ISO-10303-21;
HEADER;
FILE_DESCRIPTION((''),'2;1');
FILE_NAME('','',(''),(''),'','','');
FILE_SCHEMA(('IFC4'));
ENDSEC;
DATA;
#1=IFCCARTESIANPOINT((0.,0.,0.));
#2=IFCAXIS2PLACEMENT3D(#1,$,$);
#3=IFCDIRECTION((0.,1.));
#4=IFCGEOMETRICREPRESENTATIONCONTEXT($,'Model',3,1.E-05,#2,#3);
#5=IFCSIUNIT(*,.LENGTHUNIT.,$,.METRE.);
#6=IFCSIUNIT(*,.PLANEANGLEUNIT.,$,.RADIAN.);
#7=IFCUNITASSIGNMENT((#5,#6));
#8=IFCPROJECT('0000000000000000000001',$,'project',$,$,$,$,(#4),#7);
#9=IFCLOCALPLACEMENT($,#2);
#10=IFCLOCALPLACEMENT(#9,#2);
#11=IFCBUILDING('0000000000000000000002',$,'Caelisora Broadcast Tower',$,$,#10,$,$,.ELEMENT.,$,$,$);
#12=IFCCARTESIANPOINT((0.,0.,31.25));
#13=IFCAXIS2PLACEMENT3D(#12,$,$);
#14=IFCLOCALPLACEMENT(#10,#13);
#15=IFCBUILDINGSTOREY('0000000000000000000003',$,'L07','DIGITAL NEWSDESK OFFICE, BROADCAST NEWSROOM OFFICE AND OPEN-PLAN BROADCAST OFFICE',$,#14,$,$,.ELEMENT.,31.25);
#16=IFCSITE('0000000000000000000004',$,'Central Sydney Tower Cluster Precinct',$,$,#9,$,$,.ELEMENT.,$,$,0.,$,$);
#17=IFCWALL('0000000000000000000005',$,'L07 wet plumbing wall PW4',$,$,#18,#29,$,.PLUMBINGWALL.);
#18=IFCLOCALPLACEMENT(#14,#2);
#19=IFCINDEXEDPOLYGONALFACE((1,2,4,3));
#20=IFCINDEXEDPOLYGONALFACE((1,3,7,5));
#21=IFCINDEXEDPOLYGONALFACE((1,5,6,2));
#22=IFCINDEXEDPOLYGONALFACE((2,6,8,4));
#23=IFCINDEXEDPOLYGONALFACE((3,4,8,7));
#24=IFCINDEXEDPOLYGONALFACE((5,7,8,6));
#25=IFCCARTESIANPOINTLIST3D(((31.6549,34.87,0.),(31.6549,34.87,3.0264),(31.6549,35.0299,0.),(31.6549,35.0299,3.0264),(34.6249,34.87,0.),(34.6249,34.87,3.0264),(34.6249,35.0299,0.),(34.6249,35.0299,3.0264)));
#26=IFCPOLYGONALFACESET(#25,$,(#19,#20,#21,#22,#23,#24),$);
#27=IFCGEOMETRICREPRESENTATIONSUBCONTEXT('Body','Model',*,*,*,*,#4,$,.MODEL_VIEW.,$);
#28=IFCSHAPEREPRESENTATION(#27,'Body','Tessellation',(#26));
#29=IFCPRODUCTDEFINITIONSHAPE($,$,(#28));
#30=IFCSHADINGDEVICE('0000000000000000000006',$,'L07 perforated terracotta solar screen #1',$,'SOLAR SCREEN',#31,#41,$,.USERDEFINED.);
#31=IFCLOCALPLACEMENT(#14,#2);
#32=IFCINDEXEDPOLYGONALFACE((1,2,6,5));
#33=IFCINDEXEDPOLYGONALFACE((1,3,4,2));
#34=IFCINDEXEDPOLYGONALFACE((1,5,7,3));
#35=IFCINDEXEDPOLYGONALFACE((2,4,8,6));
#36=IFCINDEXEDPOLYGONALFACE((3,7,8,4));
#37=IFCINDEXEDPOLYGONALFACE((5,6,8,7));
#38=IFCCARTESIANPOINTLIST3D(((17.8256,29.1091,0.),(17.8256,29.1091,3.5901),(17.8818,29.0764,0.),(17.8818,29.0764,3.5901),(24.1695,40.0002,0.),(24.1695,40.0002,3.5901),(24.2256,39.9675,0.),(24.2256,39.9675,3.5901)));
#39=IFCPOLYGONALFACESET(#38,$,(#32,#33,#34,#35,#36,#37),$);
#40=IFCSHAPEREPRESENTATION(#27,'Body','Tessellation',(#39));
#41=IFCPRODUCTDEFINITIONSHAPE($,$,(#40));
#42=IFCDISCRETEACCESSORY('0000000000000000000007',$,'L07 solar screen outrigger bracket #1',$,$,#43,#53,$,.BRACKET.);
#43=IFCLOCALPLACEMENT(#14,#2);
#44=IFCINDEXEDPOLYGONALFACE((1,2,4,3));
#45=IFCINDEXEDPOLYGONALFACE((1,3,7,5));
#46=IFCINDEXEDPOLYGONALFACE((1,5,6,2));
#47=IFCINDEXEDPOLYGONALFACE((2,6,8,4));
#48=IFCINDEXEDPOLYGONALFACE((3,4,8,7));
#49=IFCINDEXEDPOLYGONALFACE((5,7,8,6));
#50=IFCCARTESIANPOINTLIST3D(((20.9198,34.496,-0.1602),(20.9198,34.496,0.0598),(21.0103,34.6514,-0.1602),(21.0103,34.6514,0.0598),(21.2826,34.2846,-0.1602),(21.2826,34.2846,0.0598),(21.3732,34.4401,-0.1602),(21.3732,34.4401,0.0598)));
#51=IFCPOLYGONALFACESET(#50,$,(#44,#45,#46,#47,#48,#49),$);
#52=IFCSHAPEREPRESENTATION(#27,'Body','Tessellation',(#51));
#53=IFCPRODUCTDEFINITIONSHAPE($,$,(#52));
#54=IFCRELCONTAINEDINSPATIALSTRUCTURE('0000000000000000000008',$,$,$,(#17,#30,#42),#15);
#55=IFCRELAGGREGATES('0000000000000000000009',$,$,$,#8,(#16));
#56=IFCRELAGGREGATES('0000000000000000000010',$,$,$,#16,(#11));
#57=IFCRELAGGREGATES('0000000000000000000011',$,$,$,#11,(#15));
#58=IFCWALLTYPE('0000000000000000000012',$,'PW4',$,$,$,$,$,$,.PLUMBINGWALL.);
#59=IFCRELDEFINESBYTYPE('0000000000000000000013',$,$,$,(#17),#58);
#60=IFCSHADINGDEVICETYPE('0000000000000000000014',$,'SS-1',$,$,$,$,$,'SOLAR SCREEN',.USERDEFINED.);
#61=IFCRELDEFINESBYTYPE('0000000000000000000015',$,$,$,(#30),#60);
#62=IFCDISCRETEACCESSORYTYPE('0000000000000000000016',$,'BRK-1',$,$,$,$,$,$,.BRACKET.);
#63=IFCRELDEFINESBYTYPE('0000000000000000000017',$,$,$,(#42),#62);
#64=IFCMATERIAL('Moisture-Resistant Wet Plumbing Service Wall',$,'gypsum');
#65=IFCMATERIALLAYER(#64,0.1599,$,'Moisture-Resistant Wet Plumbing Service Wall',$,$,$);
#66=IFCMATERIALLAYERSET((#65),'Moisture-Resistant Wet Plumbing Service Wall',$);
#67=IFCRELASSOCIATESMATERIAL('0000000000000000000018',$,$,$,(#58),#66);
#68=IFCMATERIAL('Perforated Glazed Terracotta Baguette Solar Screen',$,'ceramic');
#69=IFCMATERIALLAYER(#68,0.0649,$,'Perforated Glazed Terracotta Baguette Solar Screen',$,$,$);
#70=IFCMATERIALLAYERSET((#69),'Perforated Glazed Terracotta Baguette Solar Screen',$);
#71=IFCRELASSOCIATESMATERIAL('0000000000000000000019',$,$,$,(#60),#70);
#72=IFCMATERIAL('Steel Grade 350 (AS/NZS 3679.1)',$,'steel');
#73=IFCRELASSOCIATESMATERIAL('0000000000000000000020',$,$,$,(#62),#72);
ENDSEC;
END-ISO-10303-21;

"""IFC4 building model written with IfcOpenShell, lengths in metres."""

from ifc_helpers import new_model, si_unit, direction, frame, frame_2d, origin, origin_2d, place, context, subcontext, project, spatial, rectangle, extrude, source, transform, mapped, material, layer, layer_set, type_object, type_shapes, element, save


model = new_model("IFC4")

# Units and contexts
model_context = context("Model", 3, precision=1e-05, world=origin(), true_north=direction((0.0, 1.0)))
body_context = subcontext(model_context, "Body", "Model", "MODEL_VIEW")
ifc_project = project(units=[si_unit("LENGTHUNIT", "METRE"), si_unit("PLANEANGLEUNIT", "RADIAN")], contexts=[model_context])

# Site, building, storey
site_placement = place(None, origin())
site = spatial("IfcSite", under=ifc_project, at=site_placement, Name="Central Sydney Tower Cluster Precinct", CompositionType="ELEMENT", RefElevation=0.0)
building_placement = place(site_placement, origin())
building = spatial("IfcBuilding", under=site, at=building_placement, Name="Caelisora Broadcast Tower", CompositionType="ELEMENT")
storey_placement = place(building_placement, frame((0.0, 0.0, 31.25)))
storey = spatial("IfcBuildingStorey", under=building, at=storey_placement, Name="L07", Description="DIGITAL NEWSDESK OFFICE, BROADCAST NEWSROOM OFFICE AND OPEN-PLAN BROADCAST OFFICE", CompositionType="ELEMENT", Elevation=31.25)

# Shared definitions
ifc_material_1 = material(Name="Steel Grade 350 (AS/NZS 3679.1)", Category="steel")

# Shared definitions
ifc_material_2 = material(Name="Moisture-Resistant Wet Plumbing Service Wall", Category="gypsum")
ifc_layer_1 = layer(ifc_material_2, 0.1599, Name="Moisture-Resistant Wet Plumbing Service Wall")
ifc_layer_set_1 = layer_set([ifc_layer_1], Name="Moisture-Resistant Wet Plumbing Service Wall")
wall_type = type_object("IfcWallType", Name="PW4", PredefinedType="PLUMBINGWALL", material=ifc_layer_set_1)

# Wall
wall_1_placement = place(storey_placement, frame((31.655, 34.95, 0.0), z_axis=(0.0, 0.0, 1.0), x_axis=(1.0, 0.0, 0.0)))
element("IfcWall", 1, at=wall_1_placement, inside=storey, type_object=wall_type, Name="L07 wet plumbing wall PW4", PredefinedType="PLUMBINGWALL", context=body_context, shape_type="SweptSolid", body=[
    extrude(rectangle(XDim=2.97, YDim=0.1599, at=frame_2d((1.4849, 0.0))), origin(), (0.0, 0.0, 1.0), 3.0264),
])

# Shading device
ifc_material_3 = material(Name="Perforated Glazed Terracotta Baguette Solar Screen", Category="ceramic")
ifc_layer_2 = layer(ifc_material_3, 0.0649, Name="Perforated Glazed Terracotta Baguette Solar Screen")
ifc_layer_set_2 = layer_set([ifc_layer_2], Name="Perforated Glazed Terracotta Baguette Solar Screen")
shading_device_type = type_object("IfcShadingDeviceType", Name="SS-1", ElementType="SOLAR SCREEN", PredefinedType="USERDEFINED", material=ifc_layer_set_2)
shared_shape_1 = source(origin(), body_context, "Body", "SweptSolid", [
    extrude(rectangle(XDim=12.604, YDim=0.0649, at=origin_2d()), origin(), (0.0, 0.0, 1.0), 3.5901),
])
type_shapes(shading_device_type, [shared_shape_1])
shading_device_placement = place(storey_placement, frame((21.0256, 34.5383, 0.0), z_axis=(0.0, 0.0, 1.0), x_axis=(-0.503322, -0.864099, 0.0)))
element("IfcShadingDevice", 2, at=shading_device_placement, inside=storey, type_object=shading_device_type, Name="L07 perforated terracotta solar screen #1", ObjectType="SOLAR SCREEN", PredefinedType="USERDEFINED", context=body_context, shape_type="MappedRepresentation", body=[
    mapped(shared_shape_1, transform((0.0, 0.0, 0.0), scale=1.0)),
])

# Discrete accessory
discrete_accessory_type = type_object("IfcDiscreteAccessoryType", Name="BRK-1", PredefinedType="BRACKET", material=ifc_material_1)
shared_shape_2 = source(origin(), body_context, "Body", "SweptSolid", [
    extrude(rectangle(XDim=0.1799, YDim=0.4199, at=origin_2d()), origin(), (0.0, 0.0, 1.0), 0.22),
])
type_shapes(discrete_accessory_type, [shared_shape_2])
discrete_accessory_placement = place(storey_placement, frame((21.1465, 34.468, -0.1602), z_axis=(0.0, 0.0, 1.0), x_axis=(-0.503322, -0.864099, 0.0)))
element("IfcDiscreteAccessory", 3, at=discrete_accessory_placement, inside=storey, type_object=discrete_accessory_type, Name="L07 solar screen outrigger bracket #1", PredefinedType="BRACKET", context=body_context, shape_type="MappedRepresentation", body=[
    mapped(shared_shape_2, transform((0.0, 0.0, 0.0), scale=1.0)),
])

save(model, "model.ifc")
